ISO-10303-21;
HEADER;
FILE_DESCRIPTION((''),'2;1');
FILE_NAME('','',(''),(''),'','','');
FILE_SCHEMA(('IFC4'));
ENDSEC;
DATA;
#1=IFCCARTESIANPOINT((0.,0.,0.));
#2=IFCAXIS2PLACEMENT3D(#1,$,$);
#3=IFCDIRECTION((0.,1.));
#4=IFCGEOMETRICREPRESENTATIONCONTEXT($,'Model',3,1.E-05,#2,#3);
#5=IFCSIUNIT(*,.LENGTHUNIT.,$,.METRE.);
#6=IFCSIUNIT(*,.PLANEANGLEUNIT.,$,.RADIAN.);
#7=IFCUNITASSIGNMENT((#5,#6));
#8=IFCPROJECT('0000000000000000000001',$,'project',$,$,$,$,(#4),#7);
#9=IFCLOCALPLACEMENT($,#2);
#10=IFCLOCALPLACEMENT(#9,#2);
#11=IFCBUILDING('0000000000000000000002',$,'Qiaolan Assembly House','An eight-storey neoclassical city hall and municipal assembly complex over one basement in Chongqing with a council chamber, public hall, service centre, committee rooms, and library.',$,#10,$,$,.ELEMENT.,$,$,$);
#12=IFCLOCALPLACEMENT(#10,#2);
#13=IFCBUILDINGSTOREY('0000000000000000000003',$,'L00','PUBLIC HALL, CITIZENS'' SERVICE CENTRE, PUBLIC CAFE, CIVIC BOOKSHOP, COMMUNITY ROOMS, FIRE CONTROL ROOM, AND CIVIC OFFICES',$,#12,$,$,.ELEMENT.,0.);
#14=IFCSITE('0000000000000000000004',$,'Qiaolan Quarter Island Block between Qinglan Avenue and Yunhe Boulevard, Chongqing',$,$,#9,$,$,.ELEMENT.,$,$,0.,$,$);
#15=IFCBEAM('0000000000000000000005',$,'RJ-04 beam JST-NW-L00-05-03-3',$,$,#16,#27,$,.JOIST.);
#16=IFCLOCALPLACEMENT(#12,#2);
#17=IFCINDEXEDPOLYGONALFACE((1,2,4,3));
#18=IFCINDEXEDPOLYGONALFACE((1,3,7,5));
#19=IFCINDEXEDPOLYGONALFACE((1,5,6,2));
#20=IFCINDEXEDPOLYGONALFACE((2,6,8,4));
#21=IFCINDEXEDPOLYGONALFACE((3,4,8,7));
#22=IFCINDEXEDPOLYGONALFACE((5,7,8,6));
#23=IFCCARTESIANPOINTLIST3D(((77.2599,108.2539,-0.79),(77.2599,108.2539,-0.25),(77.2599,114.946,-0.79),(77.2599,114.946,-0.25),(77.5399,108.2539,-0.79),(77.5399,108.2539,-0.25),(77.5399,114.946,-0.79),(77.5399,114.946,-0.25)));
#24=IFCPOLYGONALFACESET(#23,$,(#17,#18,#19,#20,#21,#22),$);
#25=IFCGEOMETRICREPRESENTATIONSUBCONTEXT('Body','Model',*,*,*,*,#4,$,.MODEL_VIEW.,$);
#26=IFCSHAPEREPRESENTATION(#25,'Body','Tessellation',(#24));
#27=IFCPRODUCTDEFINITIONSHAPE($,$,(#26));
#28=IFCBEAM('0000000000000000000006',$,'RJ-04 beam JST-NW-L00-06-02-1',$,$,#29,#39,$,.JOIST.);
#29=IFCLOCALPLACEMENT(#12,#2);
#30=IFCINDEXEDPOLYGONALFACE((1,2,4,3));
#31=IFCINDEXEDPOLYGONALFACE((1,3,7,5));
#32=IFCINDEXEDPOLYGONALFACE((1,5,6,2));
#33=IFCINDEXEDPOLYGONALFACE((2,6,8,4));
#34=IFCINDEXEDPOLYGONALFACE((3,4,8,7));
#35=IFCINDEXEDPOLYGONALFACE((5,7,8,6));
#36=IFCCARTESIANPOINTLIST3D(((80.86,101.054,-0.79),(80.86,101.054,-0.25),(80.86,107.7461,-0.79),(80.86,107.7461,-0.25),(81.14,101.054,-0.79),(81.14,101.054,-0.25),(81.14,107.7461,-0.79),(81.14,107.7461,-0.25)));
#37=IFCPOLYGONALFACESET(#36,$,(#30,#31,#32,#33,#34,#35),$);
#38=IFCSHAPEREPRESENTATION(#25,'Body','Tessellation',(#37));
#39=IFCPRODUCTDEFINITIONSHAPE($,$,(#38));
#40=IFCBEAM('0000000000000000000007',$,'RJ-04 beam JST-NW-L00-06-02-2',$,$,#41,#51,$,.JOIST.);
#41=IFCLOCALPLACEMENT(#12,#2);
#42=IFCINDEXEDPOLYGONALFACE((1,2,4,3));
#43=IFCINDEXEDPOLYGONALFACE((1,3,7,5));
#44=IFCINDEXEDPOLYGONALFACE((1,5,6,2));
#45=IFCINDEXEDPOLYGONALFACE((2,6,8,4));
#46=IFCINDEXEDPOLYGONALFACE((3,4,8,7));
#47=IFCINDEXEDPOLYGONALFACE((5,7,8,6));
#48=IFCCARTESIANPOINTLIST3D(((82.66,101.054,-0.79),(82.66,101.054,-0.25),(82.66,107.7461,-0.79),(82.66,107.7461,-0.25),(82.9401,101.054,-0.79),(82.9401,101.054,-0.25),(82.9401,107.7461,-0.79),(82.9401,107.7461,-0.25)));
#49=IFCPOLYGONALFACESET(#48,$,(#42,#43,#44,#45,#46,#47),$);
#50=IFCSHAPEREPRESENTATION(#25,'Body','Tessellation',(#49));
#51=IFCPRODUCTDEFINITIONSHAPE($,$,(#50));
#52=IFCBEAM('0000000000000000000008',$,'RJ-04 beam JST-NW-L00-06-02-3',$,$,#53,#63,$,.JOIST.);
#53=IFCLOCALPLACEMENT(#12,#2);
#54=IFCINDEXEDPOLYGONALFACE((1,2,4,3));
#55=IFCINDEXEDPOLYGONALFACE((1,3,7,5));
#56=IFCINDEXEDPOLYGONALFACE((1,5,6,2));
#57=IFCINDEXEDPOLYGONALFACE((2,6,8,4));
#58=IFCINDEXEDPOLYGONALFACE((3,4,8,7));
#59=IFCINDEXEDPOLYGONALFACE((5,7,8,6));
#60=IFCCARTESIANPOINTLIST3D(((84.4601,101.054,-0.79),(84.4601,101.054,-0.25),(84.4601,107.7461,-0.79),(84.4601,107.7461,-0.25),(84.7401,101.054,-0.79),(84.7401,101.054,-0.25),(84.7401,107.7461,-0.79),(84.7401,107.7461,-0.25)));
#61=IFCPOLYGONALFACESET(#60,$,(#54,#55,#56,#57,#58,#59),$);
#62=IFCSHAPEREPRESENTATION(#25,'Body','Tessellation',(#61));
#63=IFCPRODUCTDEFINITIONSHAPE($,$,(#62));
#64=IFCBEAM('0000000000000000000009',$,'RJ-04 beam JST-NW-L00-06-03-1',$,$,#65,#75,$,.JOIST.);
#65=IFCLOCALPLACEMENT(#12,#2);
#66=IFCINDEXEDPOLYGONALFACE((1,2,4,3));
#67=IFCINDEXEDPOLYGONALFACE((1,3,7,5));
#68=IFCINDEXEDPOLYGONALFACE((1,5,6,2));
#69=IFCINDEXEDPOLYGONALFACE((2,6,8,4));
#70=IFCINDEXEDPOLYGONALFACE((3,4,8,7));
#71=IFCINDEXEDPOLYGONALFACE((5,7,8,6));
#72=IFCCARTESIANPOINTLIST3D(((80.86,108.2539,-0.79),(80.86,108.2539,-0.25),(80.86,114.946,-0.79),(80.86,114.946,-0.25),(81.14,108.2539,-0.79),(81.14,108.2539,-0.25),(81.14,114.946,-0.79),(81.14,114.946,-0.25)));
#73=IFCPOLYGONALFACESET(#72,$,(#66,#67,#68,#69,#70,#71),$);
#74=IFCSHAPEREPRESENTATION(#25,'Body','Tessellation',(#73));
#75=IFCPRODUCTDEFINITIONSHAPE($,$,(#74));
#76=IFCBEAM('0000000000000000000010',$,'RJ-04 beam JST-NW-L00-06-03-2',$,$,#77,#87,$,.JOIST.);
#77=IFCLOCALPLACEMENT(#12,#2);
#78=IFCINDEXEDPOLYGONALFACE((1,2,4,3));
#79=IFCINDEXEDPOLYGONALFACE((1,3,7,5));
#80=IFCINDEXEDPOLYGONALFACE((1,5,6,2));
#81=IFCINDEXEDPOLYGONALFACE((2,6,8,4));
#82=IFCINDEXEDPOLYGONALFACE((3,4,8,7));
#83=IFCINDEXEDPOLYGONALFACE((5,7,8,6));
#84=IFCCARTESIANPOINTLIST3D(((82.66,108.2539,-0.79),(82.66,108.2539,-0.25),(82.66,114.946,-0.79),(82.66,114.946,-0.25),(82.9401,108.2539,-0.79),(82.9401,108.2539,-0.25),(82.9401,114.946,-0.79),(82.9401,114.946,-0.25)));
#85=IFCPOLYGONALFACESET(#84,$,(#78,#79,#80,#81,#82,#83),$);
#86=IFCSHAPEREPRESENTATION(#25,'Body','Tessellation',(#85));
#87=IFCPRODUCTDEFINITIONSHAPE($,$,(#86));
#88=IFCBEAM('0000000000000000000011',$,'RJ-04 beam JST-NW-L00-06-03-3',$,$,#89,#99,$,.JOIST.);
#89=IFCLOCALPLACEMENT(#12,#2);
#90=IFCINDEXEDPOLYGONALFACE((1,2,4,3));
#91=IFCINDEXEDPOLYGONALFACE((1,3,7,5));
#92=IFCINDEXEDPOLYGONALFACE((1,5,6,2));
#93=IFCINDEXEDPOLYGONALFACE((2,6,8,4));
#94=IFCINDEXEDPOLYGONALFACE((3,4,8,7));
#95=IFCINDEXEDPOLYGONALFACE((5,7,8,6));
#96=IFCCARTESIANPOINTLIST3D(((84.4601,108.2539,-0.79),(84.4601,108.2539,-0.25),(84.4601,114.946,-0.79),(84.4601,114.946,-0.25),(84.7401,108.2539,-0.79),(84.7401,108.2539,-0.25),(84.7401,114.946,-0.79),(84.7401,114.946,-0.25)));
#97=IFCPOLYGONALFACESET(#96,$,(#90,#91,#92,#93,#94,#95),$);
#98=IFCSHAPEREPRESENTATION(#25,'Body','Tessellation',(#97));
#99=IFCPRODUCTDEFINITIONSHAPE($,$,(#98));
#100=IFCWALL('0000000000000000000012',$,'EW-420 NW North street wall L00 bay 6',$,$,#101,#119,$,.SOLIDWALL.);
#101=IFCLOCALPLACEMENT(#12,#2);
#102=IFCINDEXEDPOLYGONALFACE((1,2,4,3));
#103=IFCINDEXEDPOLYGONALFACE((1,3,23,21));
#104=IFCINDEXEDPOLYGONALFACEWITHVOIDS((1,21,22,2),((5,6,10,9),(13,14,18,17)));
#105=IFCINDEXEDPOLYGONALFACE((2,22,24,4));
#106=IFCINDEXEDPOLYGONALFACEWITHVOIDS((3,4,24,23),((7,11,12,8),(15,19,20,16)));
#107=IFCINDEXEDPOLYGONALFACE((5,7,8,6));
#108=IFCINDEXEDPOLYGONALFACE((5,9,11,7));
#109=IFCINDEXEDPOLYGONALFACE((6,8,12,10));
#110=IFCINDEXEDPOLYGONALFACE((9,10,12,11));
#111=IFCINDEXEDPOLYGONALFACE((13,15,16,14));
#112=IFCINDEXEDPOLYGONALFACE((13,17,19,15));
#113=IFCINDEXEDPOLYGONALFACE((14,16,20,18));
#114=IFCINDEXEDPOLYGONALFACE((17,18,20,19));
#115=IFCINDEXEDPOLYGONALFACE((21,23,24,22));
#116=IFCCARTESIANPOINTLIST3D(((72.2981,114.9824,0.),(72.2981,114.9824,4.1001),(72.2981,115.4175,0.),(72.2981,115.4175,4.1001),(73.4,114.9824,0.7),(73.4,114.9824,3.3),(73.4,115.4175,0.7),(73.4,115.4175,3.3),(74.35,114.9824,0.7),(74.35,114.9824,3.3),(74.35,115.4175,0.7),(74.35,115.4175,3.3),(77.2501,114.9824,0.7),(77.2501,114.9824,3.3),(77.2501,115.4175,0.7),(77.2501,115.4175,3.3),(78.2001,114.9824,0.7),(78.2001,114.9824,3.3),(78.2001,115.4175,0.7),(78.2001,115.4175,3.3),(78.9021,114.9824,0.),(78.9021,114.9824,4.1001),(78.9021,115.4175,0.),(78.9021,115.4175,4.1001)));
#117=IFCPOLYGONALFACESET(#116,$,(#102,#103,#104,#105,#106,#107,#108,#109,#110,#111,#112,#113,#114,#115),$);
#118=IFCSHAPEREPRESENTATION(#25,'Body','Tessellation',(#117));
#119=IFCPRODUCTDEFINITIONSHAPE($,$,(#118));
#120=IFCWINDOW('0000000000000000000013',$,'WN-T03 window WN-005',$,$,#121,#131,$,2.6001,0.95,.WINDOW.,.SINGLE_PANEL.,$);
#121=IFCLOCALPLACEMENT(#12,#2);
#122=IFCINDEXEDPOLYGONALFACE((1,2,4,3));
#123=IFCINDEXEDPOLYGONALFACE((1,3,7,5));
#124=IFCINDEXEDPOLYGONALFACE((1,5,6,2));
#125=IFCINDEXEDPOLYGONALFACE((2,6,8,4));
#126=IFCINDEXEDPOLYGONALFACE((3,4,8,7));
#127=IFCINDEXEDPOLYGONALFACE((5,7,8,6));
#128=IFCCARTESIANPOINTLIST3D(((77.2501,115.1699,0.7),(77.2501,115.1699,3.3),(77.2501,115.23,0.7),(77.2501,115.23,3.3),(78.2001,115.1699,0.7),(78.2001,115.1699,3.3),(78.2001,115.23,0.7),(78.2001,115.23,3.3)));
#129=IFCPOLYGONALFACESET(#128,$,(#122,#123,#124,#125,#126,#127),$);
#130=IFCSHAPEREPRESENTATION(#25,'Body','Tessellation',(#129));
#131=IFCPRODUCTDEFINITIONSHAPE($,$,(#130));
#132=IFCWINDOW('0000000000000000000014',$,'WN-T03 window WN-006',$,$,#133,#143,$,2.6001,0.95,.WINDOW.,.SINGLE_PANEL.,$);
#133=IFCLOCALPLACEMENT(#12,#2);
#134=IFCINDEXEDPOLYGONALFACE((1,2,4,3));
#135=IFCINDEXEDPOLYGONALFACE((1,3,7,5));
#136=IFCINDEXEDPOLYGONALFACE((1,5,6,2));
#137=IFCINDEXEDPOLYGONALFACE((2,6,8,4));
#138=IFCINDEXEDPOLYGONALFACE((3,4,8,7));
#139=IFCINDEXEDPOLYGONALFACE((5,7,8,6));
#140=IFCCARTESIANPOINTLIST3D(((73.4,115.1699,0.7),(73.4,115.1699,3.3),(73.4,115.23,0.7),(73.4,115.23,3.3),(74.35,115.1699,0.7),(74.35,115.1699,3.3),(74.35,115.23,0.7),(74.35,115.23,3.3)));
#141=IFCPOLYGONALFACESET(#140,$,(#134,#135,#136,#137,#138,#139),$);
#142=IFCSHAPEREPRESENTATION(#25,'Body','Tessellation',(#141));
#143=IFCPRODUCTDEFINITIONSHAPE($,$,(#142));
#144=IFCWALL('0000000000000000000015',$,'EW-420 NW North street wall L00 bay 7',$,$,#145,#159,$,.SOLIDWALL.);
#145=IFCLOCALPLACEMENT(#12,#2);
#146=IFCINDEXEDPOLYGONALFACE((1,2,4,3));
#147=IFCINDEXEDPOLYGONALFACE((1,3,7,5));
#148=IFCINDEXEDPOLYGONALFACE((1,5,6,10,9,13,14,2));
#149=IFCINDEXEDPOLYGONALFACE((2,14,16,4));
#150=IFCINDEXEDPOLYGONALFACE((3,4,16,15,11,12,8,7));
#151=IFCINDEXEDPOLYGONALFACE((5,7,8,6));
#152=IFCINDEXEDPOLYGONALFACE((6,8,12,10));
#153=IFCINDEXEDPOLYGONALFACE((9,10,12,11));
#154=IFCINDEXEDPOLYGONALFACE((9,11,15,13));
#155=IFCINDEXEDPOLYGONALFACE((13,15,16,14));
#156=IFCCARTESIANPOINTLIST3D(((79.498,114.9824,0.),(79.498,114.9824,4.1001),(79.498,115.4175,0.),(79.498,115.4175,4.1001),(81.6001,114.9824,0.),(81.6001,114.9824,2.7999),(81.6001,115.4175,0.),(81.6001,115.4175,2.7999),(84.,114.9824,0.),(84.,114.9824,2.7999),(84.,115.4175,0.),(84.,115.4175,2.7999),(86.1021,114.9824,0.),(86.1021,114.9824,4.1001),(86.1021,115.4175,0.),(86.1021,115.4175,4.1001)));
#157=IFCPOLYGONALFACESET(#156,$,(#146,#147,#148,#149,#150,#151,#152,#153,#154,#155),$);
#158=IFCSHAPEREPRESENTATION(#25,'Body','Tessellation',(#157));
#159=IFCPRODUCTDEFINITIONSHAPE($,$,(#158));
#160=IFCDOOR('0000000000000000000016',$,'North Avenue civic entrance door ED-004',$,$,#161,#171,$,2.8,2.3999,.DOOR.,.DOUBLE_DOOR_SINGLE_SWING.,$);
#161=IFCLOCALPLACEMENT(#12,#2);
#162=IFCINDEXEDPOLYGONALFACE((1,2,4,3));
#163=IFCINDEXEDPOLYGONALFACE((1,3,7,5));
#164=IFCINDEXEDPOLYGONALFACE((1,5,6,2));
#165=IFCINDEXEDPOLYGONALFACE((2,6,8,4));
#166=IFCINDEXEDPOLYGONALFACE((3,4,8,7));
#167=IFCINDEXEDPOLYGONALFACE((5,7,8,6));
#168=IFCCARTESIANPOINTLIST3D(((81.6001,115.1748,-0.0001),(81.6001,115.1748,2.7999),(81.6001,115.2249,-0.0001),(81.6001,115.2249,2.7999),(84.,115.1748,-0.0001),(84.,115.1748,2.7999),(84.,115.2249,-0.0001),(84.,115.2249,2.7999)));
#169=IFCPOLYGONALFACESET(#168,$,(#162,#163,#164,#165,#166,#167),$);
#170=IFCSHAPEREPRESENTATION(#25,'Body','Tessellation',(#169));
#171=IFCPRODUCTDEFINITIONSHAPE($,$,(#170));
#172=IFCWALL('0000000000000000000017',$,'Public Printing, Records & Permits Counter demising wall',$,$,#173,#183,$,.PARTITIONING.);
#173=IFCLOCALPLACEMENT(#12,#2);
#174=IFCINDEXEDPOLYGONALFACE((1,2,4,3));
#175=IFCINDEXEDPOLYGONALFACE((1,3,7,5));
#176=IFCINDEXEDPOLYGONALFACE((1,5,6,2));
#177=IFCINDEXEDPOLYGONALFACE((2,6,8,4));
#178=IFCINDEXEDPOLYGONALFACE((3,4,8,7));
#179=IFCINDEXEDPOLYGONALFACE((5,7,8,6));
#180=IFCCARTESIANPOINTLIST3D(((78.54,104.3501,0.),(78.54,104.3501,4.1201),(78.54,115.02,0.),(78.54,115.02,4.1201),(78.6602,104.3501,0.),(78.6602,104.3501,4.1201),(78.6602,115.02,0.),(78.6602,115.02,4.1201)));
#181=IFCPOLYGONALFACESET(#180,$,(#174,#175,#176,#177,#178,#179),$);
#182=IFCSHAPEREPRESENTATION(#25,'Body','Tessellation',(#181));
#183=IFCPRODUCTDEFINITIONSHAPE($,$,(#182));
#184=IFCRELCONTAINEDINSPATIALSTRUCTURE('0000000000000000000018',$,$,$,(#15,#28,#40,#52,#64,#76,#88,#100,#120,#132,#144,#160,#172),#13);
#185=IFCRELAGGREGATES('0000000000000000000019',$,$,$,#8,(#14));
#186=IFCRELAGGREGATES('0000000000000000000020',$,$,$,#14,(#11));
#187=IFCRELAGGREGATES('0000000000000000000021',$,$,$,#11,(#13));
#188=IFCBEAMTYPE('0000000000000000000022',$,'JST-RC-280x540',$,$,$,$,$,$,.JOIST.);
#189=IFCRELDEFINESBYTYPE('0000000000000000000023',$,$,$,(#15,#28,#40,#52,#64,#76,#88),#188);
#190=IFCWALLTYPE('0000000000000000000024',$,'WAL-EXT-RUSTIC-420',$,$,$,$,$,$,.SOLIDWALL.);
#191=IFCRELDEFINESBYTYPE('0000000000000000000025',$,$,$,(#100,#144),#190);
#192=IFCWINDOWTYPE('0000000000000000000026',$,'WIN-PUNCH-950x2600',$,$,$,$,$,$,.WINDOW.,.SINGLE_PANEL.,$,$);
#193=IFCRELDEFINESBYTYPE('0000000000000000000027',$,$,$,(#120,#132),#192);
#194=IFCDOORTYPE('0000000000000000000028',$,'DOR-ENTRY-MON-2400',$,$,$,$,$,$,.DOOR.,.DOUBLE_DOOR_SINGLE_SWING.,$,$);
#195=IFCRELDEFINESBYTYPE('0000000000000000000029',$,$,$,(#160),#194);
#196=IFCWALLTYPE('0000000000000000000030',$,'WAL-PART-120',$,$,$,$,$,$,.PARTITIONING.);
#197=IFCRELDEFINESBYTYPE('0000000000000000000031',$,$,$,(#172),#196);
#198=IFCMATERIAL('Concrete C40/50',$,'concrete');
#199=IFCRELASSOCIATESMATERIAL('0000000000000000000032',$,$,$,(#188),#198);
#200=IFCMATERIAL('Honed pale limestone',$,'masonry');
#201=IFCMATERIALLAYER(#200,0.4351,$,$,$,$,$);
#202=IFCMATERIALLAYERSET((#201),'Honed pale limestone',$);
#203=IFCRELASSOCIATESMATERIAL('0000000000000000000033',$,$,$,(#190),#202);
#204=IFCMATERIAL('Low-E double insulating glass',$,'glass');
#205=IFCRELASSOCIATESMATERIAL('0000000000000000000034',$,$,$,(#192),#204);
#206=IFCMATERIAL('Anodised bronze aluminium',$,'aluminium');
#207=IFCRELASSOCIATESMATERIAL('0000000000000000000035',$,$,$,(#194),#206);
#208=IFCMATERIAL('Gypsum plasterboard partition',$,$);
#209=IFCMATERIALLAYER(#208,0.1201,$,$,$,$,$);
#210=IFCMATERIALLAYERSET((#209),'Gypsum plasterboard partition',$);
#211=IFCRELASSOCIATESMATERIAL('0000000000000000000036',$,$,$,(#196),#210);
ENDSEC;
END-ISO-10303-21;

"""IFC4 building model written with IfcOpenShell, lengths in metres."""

from ifc_helpers import new_model, si_unit, direction, frame, frame_2d, origin, origin_2d, place, context, subcontext, project, spatial, rectangle, extrude, material, layer, layer_set, material_profile, profile_set, type_object, element, fill, save


model = new_model("IFC4")

# Units and contexts
model_context = context("Model", 3, precision=1e-05, world=origin(), true_north=direction((0.0, 1.0)))
body_context = subcontext(model_context, "Body", "Model", "MODEL_VIEW")
ifc_project = project(units=[si_unit("LENGTHUNIT", "METRE"), si_unit("PLANEANGLEUNIT", "RADIAN")], contexts=[model_context])

# Site, building, storey
site_placement = place(None, origin())
site = spatial("IfcSite", under=ifc_project, at=site_placement, Name="Qiaolan Quarter Island Block between Qinglan Avenue and Yunhe Boulevard, Chongqing", CompositionType="ELEMENT", RefElevation=0.0)
building_placement = place(site_placement, origin())
building = spatial("IfcBuilding", under=site, at=building_placement, Name="Qiaolan Assembly House", Description="An eight-storey neoclassical city hall and municipal assembly complex over one basement in Chongqing with a council chamber, public hall, service centre, committee rooms, and library.", CompositionType="ELEMENT")
storey_placement = place(building_placement, origin())
storey = spatial("IfcBuildingStorey", under=building, at=storey_placement, Name="L00", Description="PUBLIC HALL, CITIZENS' SERVICE CENTRE, PUBLIC CAFE, CIVIC BOOKSHOP, COMMUNITY ROOMS, FIRE CONTROL ROOM, AND CIVIC OFFICES", CompositionType="ELEMENT", Elevation=0.0)

# Beams
ifc_material_1 = material(Name="Concrete C40/50", Category="concrete")
ifc_material_profile_1 = material_profile(ifc_material_1, rectangle(XDim=0.28, YDim=0.54, at=origin_2d()), Name="RCB 280x540")
ifc_profile_set_1 = profile_set([ifc_material_profile_1], Name="Concrete C40/50")
beam_type_1 = type_object("IfcBeamType", Name="JST-RC-280x540", PredefinedType="JOIST", material=ifc_profile_set_1)
for number, where, z_axis, x_axis, name in (
    (1, (77.3999, 108.2539, -0.52), (0.0, 1.0, 0.0), (-1.0, 0.0, 0.0), "RJ-04 beam JST-NW-L00-05-03-3"),
    (2, (81.0, 101.054, -0.52), (0.0, 1.0, 0.0), (-1.0, 0.0, 0.0), "RJ-04 beam JST-NW-L00-06-02-1"),
    (3, (82.8, 101.054, -0.52), (0.0, 1.0, 0.0), (-1.0, 0.0, 0.0), "RJ-04 beam JST-NW-L00-06-02-2"),
    (4, (84.6001, 101.054, -0.52), (0.0, 1.0, 0.0), (-1.0, 0.0, 0.0), "RJ-04 beam JST-NW-L00-06-02-3"),
    (5, (81.0, 108.2539, -0.52), (0.0, 1.0, 0.0), (-1.0, 0.0, 0.0), "RJ-04 beam JST-NW-L00-06-03-1"),
    (6, (82.8, 108.2539, -0.52), (0.0, 1.0, 0.0), (-1.0, 0.0, 0.0), "RJ-04 beam JST-NW-L00-06-03-2"),
    (7, (84.6001, 108.2539, -0.52), (0.0, 1.0, 0.0), (-1.0, 0.0, 0.0), "RJ-04 beam JST-NW-L00-06-03-3"),
):
    element("IfcBeam", number, at=place(storey_placement, frame(where, z_axis=z_axis, x_axis=x_axis)), inside=storey, type_object=beam_type_1, Name=name, PredefinedType="JOIST", context=body_context, shape_type="SweptSolid", body=[
        extrude(rectangle(XDim=0.28, YDim=0.54, at=origin_2d()), origin(), (0.0, 0.0, 1.0), 6.6921),
    ])

# Wall, openings, windows
ifc_material_2 = material(Name="Honed pale limestone", Category="masonry")
ifc_layer_1 = layer(ifc_material_2, 0.4351)
ifc_layer_set_1 = layer_set([ifc_layer_1], Name="Honed pale limestone")
wall_type_1 = type_object("IfcWallType", Name="WAL-EXT-RUSTIC-420", PredefinedType="SOLIDWALL", material=ifc_layer_set_1)
wall_1_placement = place(storey_placement, frame((78.9021, 115.2, 0.0), z_axis=(0.0, 0.0, 1.0), x_axis=(-1.0, 0.0, 0.0)))
wall_1 = element("IfcWall", 8, at=wall_1_placement, inside=storey, type_object=wall_type_1, Name="EW-420 NW North street wall L00 bay 6", PredefinedType="SOLIDWALL", context=body_context, shape_type="SweptSolid", body=[
    extrude(rectangle(XDim=6.604, YDim=0.4351, at=frame_2d((3.302, 0.0))), origin(), (0.0, 0.0, 1.0), 4.1001),
])
opening_1_placement = place(wall_1_placement, frame((0.7019, 0.0, 0.7)))
opening_1 = element("IfcOpeningElement", 9, at=opening_1_placement, cuts=wall_1, PredefinedType="OPENING", context=body_context, shape_type="SweptSolid", body=[
    extrude(rectangle(XDim=0.95, YDim=2.6001, at=frame_2d((0.4751, 1.3))), frame((0.0, 0.2275, 0.0), z_axis=(0.0, -1.0, 0.0), x_axis=(1.0, 0.0, 0.0)), (0.0, 0.0, 1.0), 0.4551),
])
opening_2_placement = place(wall_1_placement, frame((4.552, 0.0, 0.7)))
opening_2 = element("IfcOpeningElement", 10, at=opening_2_placement, cuts=wall_1, PredefinedType="OPENING", context=body_context, shape_type="SweptSolid", body=[
    extrude(rectangle(XDim=0.95, YDim=2.6001, at=frame_2d((0.4751, 1.3))), frame((0.0, 0.2275, 0.0), z_axis=(0.0, -1.0, 0.0), x_axis=(1.0, 0.0, 0.0)), (0.0, 0.0, 1.0), 0.4551),
])
ifc_material_3 = material(Name="Low-E double insulating glass", Category="glass")
window_type = type_object("IfcWindowType", Name="WIN-PUNCH-950x2600", PartitioningType="SINGLE_PANEL", PredefinedType="WINDOW", material=ifc_material_3)
window_1_placement = place(opening_1_placement, origin())
window_1 = element("IfcWindow", 11, at=window_1_placement, inside=storey, type_object=window_type, Name="WN-T03 window WN-005", OverallHeight=2.6001, OverallWidth=0.95, PartitioningType="SINGLE_PANEL", PredefinedType="WINDOW", context=body_context, shape_type="SweptSolid", body=[
    extrude(rectangle(XDim=0.95, YDim=2.6001, at=frame_2d((0.4751, 1.3))), frame((0.0, 0.03, 0.0), z_axis=(0.0, -1.0, 0.0), x_axis=(1.0, 0.0, 0.0)), (0.0, 0.0, 1.0), 0.0601),
])
fill(opening_1, window_1)
window_2_placement = place(opening_2_placement, origin())
window_2 = element("IfcWindow", 12, at=window_2_placement, inside=storey, type_object=window_type, Name="WN-T03 window WN-006", OverallHeight=2.6001, OverallWidth=0.95, PartitioningType="SINGLE_PANEL", PredefinedType="WINDOW", context=body_context, shape_type="SweptSolid", body=[
    extrude(rectangle(XDim=0.95, YDim=2.6001, at=frame_2d((0.4751, 1.3))), frame((0.0, 0.03, 0.0), z_axis=(0.0, -1.0, 0.0), x_axis=(1.0, 0.0, 0.0)), (0.0, 0.0, 1.0), 0.0601),
])
fill(opening_2, window_2)

# Wall, opening, door
wall_2_placement = place(storey_placement, frame((86.1021, 115.2, 0.0), z_axis=(0.0, 0.0, 1.0), x_axis=(-1.0, 0.0, 0.0)))
wall_2 = element("IfcWall", 13, at=wall_2_placement, inside=storey, type_object=wall_type_1, Name="EW-420 NW North street wall L00 bay 7", PredefinedType="SOLIDWALL", context=body_context, shape_type="SweptSolid", body=[
    extrude(rectangle(XDim=6.604, YDim=0.4351, at=frame_2d((3.302, 0.0))), origin(), (0.0, 0.0, 1.0), 4.1001),
])
opening_3_placement = place(wall_2_placement, frame((2.1021, 0.0, 0.0)))
opening_3 = element("IfcOpeningElement", 14, at=opening_3_placement, cuts=wall_2, PredefinedType="OPENING", context=body_context, shape_type="SweptSolid", body=[
    extrude(rectangle(XDim=2.3999, YDim=2.8, at=frame_2d((1.2, 1.3999))), frame((0.0, 0.2275, 0.0), z_axis=(0.0, -1.0, 0.0), x_axis=(1.0, 0.0, 0.0)), (0.0, 0.0, 1.0), 0.4551),
])
ifc_material_4 = material(Name="Anodised bronze aluminium", Category="aluminium")
door_type_1 = type_object("IfcDoorType", Name="DOR-ENTRY-MON-2400", OperationType="DOUBLE_DOOR_SINGLE_SWING", PredefinedType="DOOR", material=ifc_material_4)
door_1_placement = place(opening_3_placement, frame((2.3999, 0.0, 0.0), z_axis=(0.0, 0.0, 1.0), x_axis=(-1.0, 0.0, 0.0)))
door_1 = element("IfcDoor", 15, at=door_1_placement, inside=storey, type_object=door_type_1, Name="North Avenue civic entrance door ED-004", OperationType="DOUBLE_DOOR_SINGLE_SWING", OverallHeight=2.8, OverallWidth=2.3999, PredefinedType="DOOR", context=body_context, shape_type="SweptSolid", body=[
    extrude(rectangle(XDim=2.3999, YDim=2.8, at=frame_2d((1.2, 1.3999))), frame((0.0, 0.0249, 0.0), z_axis=(0.0, -1.0, 0.0), x_axis=(1.0, 0.0, 0.0)), (0.0, 0.0, 1.0), 0.05),
])
fill(opening_3, door_1)

# Wall
ifc_material_5 = material(Name="Gypsum plasterboard partition")
ifc_layer_2 = layer(ifc_material_5, 0.1201)
ifc_layer_set_2 = layer_set([ifc_layer_2], Name="Gypsum plasterboard partition")
wall_type_2 = type_object("IfcWallType", Name="WAL-PART-120", PredefinedType="PARTITIONING", material=ifc_layer_set_2)
wall_3_placement = place(storey_placement, frame((78.6001, 104.3501, 0.0), z_axis=(0.0, 0.0, 1.0), x_axis=(0.0, 1.0, 0.0)))
element("IfcWall", 16, at=wall_3_placement, inside=storey, type_object=wall_type_2, Name="Public Printing, Records & Permits Counter demising wall", PredefinedType="PARTITIONING", context=body_context, shape_type="SweptSolid", body=[
    extrude(rectangle(XDim=10.6699, YDim=0.1201, at=frame_2d((5.335, 0.0))), origin(), (0.0, 0.0, 1.0), 4.1201),
])

save(model, "model.ifc")
